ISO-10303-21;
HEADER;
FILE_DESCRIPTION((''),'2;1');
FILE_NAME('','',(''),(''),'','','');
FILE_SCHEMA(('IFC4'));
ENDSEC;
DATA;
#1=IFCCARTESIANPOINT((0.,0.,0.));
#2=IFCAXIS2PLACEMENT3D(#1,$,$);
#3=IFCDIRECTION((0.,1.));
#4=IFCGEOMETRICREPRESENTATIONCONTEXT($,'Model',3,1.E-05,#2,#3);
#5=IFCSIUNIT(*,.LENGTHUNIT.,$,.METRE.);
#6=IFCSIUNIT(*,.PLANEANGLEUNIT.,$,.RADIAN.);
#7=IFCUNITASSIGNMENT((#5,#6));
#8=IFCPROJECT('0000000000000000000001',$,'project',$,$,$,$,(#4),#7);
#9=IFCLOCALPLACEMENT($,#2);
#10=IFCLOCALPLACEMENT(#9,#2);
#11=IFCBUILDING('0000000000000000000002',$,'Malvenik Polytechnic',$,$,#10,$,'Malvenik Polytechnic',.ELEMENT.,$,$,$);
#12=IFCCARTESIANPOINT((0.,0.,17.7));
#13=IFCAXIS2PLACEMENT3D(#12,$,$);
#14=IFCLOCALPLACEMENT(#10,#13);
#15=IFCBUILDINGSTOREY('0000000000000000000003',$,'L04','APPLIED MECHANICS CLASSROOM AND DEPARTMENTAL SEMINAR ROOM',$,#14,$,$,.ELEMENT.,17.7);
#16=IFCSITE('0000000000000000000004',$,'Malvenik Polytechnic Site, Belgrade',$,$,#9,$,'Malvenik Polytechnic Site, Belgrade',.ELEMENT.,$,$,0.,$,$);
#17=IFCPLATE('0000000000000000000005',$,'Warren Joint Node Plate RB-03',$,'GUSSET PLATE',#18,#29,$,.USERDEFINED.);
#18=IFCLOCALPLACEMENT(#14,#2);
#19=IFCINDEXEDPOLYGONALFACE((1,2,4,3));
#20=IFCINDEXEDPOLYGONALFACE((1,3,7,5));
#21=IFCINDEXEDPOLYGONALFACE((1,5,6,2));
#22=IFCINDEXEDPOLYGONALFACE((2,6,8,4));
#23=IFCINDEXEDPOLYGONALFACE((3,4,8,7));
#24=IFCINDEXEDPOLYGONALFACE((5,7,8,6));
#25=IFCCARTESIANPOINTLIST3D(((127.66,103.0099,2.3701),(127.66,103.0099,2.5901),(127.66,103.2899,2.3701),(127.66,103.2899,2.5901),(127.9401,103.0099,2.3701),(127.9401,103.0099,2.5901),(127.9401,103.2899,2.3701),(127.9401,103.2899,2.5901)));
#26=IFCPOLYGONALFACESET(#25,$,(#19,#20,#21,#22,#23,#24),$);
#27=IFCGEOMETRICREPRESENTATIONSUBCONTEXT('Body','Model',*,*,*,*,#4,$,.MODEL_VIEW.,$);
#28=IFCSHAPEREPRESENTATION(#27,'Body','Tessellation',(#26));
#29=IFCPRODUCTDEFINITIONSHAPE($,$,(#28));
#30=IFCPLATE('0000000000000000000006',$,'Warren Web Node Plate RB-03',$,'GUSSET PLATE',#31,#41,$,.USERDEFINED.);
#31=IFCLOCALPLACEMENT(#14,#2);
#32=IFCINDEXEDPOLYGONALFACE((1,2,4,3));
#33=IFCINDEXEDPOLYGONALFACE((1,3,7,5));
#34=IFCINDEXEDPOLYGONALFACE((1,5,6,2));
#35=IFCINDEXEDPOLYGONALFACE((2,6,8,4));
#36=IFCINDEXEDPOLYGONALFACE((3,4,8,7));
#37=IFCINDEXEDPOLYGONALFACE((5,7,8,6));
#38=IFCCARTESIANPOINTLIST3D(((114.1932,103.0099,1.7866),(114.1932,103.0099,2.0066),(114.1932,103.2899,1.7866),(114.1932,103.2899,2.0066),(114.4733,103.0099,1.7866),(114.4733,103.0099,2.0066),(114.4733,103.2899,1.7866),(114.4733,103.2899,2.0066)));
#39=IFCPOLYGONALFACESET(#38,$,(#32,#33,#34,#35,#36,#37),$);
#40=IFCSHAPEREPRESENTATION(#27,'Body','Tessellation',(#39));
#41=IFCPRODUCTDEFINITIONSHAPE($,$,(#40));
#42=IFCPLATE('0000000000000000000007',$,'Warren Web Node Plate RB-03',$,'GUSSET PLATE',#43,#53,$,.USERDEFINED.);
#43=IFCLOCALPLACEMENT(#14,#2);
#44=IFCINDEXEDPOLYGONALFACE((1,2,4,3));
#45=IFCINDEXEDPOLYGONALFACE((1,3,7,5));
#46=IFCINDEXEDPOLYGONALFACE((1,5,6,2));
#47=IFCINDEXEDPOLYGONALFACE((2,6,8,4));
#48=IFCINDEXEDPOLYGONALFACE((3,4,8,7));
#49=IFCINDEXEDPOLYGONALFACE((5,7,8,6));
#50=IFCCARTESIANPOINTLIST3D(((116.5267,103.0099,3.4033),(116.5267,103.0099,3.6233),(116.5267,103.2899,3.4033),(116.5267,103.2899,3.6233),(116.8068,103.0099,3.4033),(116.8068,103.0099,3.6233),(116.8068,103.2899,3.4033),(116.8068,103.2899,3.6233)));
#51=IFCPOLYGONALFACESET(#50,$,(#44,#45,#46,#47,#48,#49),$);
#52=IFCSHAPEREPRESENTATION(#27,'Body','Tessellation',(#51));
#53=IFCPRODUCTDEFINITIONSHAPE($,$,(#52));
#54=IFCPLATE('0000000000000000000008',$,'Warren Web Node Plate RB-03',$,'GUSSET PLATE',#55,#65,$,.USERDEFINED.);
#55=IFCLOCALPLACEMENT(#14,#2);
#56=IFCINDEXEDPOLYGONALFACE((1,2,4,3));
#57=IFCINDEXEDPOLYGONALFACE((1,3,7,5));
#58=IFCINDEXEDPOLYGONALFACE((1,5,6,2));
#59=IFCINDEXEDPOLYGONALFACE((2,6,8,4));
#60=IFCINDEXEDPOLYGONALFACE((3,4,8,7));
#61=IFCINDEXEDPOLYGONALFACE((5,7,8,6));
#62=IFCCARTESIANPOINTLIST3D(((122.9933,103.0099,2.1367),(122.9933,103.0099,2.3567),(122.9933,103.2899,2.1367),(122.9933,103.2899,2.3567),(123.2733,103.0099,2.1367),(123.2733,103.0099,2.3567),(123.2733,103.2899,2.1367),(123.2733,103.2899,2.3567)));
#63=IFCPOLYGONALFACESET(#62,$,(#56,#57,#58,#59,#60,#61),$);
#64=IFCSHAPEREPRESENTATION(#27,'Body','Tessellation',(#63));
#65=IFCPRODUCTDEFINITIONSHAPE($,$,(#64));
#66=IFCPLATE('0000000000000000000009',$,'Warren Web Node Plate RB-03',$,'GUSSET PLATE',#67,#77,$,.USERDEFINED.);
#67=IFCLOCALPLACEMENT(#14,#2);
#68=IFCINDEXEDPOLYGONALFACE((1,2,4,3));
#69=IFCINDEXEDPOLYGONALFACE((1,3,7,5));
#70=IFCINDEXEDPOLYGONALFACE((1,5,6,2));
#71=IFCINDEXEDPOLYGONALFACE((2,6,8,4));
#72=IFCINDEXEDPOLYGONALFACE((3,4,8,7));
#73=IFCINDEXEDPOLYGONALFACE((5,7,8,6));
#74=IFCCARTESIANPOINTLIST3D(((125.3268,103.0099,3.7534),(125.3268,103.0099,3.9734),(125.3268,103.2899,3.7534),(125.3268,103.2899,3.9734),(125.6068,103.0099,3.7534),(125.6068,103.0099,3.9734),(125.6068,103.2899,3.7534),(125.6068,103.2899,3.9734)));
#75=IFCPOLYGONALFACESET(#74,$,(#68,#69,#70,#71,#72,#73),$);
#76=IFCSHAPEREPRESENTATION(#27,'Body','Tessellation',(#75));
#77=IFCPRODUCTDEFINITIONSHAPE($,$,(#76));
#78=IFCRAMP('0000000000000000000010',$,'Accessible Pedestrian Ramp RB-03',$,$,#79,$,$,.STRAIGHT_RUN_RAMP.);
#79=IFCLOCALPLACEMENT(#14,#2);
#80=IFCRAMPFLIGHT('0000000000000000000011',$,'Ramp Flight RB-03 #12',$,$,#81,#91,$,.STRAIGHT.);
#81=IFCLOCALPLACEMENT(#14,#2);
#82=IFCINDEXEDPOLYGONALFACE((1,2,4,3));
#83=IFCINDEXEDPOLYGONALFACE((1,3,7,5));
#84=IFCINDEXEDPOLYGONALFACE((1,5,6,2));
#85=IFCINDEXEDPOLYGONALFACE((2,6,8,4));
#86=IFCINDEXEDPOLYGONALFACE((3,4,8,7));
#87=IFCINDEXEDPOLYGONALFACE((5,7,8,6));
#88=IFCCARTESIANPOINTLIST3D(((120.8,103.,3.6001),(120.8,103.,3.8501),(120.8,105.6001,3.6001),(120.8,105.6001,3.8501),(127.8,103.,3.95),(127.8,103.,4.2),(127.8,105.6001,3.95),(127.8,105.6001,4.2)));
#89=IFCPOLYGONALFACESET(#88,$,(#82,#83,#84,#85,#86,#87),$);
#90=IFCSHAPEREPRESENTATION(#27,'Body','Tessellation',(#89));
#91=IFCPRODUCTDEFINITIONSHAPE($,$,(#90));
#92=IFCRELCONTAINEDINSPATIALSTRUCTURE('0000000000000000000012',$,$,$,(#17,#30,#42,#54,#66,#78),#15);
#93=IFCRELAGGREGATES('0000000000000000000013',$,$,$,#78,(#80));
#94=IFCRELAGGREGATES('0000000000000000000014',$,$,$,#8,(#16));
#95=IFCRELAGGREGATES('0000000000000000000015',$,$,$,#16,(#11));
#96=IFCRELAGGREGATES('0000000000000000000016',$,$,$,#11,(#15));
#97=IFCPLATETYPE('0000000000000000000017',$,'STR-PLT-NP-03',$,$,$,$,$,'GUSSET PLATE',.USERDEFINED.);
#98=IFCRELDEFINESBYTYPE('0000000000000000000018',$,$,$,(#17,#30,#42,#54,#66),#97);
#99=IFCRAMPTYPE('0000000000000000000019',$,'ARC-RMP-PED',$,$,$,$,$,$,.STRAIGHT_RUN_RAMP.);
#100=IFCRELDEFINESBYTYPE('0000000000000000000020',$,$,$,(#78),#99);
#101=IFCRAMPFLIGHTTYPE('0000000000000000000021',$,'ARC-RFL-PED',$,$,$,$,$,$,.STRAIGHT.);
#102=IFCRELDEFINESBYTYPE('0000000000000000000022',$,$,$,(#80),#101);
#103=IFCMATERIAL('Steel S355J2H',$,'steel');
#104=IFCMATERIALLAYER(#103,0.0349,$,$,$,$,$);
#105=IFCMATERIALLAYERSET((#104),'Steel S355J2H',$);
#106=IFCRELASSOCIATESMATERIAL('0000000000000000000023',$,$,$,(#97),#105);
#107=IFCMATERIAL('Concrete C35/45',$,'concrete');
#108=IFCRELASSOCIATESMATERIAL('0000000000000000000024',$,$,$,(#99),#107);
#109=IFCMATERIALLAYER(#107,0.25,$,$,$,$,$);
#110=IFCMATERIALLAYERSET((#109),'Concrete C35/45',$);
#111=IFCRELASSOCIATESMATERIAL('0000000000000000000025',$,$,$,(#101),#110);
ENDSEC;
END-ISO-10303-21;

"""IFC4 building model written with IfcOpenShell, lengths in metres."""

from ifc_helpers import new_model, si_unit, direction, frame, origin, origin_2d, place, context, subcontext, project, spatial, polyline, rectangle, outline, extrude, material, layer, layer_set, type_object, element, aggregate, save


model = new_model("IFC4")

# Units and contexts
model_context = context("Model", 3, precision=1e-05, world=origin(), true_north=direction((0.0, 1.0)))
body_context = subcontext(model_context, "Body", "Model", "MODEL_VIEW")
ifc_project = project(units=[si_unit("LENGTHUNIT", "METRE"), si_unit("PLANEANGLEUNIT", "RADIAN")], contexts=[model_context])

# Site, building, storey
site_placement = place(None, origin())
site = spatial("IfcSite", under=ifc_project, at=site_placement, Name="Malvenik Polytechnic Site, Belgrade", LongName="Malvenik Polytechnic Site, Belgrade", CompositionType="ELEMENT", RefElevation=0.0)
building_placement = place(site_placement, origin())
building = spatial("IfcBuilding", under=site, at=building_placement, Name="Malvenik Polytechnic", LongName="Malvenik Polytechnic", CompositionType="ELEMENT")
storey_placement = place(building_placement, frame((0.0, 0.0, 17.7)))
storey = spatial("IfcBuildingStorey", under=building, at=storey_placement, Name="L04", Description="APPLIED MECHANICS CLASSROOM AND DEPARTMENTAL SEMINAR ROOM", CompositionType="ELEMENT", Elevation=17.7)

# Shared definitions
ifc_material_1 = material(Name="Steel S355J2H", Category="steel")

# Plates
ifc_layer_1 = layer(ifc_material_1, 0.0349)
ifc_layer_set_1 = layer_set([ifc_layer_1], Name="Steel S355J2H")
plate_type = type_object("IfcPlateType", Name="STR-PLT-NP-03", ElementType="GUSSET PLATE", PredefinedType="USERDEFINED", material=ifc_layer_set_1)
for number, where, z_axis, x_axis, name in (
    (1, (127.8, 103.1499, 2.3701), (0.0, 0.0, 1.0), (1.0, 0.0, 0.0), "Warren Joint Node Plate RB-03"),
    (2, (114.3333, 103.1499, 1.7866), (0.0, 0.0, 1.0), (1.0, 0.0, 0.0), "Warren Web Node Plate RB-03"),
    (3, (116.6667, 103.1499, 3.4033), (0.0, 0.0, 1.0), (1.0, 0.0, 0.0), "Warren Web Node Plate RB-03"),
    (4, (123.1333, 103.1499, 2.1367), (0.0, 0.0, 1.0), (1.0, 0.0, 0.0), "Warren Web Node Plate RB-03"),
    (5, (125.4668, 103.1499, 3.7534), (0.0, 0.0, 1.0), (1.0, 0.0, 0.0), "Warren Web Node Plate RB-03"),
):
    element("IfcPlate", number, at=place(storey_placement, frame(where, z_axis=z_axis, x_axis=x_axis)), inside=storey, type_object=plate_type, Name=name, ObjectType="GUSSET PLATE", PredefinedType="USERDEFINED", context=body_context, shape_type="SweptSolid", body=[
        extrude(rectangle(XDim=0.28, YDim=0.28, at=origin_2d()), origin(), (0.0, 0.0, 1.0), 0.22),
    ])

# Ramp, ramp flight
ifc_material_2 = material(Name="Concrete C35/45", Category="concrete")
ramp_type = type_object("IfcRampType", Name="ARC-RMP-PED", PredefinedType="STRAIGHT_RUN_RAMP", material=ifc_material_2)
ramp_placement = place(storey_placement, origin())
ramp = element("IfcRamp", 6, at=ramp_placement, inside=storey, type_object=ramp_type, Name="Accessible Pedestrian Ramp RB-03", PredefinedType="STRAIGHT_RUN_RAMP")
ifc_layer_2 = layer(ifc_material_2, 0.25)
ifc_layer_set_2 = layer_set([ifc_layer_2], Name="Concrete C35/45")
ramp_flight_type = type_object("IfcRampFlightType", Name="ARC-RFL-PED", PredefinedType="STRAIGHT", material=ifc_layer_set_2)
ramp_flight_placement = place(storey_placement, frame((120.8, 104.3, 3.8501), z_axis=(0.0, 0.0, 1.0), x_axis=(1.0, 0.0, 0.0)))
ramp_flight = element("IfcRampFlight", 7, at=ramp_flight_placement, type_object=ramp_flight_type, Name="Ramp Flight RB-03 #12", PredefinedType="STRAIGHT", context=body_context, shape_type="SweptSolid", body=[
    extrude(outline(polyline([(0.0, -0.25), (7.0, 0.0999), (7.0, 0.3499), (0.0, 0.0), (0.0, -0.25)])), frame((0.0, 1.3, 0.0), z_axis=(0.0, -1.0, 0.0), x_axis=(1.0, 0.0, 0.0)), (0.0, 0.0, 1.0), 2.6001),
])
aggregate(ramp, [ramp_flight])

save(model, "model.ifc")
